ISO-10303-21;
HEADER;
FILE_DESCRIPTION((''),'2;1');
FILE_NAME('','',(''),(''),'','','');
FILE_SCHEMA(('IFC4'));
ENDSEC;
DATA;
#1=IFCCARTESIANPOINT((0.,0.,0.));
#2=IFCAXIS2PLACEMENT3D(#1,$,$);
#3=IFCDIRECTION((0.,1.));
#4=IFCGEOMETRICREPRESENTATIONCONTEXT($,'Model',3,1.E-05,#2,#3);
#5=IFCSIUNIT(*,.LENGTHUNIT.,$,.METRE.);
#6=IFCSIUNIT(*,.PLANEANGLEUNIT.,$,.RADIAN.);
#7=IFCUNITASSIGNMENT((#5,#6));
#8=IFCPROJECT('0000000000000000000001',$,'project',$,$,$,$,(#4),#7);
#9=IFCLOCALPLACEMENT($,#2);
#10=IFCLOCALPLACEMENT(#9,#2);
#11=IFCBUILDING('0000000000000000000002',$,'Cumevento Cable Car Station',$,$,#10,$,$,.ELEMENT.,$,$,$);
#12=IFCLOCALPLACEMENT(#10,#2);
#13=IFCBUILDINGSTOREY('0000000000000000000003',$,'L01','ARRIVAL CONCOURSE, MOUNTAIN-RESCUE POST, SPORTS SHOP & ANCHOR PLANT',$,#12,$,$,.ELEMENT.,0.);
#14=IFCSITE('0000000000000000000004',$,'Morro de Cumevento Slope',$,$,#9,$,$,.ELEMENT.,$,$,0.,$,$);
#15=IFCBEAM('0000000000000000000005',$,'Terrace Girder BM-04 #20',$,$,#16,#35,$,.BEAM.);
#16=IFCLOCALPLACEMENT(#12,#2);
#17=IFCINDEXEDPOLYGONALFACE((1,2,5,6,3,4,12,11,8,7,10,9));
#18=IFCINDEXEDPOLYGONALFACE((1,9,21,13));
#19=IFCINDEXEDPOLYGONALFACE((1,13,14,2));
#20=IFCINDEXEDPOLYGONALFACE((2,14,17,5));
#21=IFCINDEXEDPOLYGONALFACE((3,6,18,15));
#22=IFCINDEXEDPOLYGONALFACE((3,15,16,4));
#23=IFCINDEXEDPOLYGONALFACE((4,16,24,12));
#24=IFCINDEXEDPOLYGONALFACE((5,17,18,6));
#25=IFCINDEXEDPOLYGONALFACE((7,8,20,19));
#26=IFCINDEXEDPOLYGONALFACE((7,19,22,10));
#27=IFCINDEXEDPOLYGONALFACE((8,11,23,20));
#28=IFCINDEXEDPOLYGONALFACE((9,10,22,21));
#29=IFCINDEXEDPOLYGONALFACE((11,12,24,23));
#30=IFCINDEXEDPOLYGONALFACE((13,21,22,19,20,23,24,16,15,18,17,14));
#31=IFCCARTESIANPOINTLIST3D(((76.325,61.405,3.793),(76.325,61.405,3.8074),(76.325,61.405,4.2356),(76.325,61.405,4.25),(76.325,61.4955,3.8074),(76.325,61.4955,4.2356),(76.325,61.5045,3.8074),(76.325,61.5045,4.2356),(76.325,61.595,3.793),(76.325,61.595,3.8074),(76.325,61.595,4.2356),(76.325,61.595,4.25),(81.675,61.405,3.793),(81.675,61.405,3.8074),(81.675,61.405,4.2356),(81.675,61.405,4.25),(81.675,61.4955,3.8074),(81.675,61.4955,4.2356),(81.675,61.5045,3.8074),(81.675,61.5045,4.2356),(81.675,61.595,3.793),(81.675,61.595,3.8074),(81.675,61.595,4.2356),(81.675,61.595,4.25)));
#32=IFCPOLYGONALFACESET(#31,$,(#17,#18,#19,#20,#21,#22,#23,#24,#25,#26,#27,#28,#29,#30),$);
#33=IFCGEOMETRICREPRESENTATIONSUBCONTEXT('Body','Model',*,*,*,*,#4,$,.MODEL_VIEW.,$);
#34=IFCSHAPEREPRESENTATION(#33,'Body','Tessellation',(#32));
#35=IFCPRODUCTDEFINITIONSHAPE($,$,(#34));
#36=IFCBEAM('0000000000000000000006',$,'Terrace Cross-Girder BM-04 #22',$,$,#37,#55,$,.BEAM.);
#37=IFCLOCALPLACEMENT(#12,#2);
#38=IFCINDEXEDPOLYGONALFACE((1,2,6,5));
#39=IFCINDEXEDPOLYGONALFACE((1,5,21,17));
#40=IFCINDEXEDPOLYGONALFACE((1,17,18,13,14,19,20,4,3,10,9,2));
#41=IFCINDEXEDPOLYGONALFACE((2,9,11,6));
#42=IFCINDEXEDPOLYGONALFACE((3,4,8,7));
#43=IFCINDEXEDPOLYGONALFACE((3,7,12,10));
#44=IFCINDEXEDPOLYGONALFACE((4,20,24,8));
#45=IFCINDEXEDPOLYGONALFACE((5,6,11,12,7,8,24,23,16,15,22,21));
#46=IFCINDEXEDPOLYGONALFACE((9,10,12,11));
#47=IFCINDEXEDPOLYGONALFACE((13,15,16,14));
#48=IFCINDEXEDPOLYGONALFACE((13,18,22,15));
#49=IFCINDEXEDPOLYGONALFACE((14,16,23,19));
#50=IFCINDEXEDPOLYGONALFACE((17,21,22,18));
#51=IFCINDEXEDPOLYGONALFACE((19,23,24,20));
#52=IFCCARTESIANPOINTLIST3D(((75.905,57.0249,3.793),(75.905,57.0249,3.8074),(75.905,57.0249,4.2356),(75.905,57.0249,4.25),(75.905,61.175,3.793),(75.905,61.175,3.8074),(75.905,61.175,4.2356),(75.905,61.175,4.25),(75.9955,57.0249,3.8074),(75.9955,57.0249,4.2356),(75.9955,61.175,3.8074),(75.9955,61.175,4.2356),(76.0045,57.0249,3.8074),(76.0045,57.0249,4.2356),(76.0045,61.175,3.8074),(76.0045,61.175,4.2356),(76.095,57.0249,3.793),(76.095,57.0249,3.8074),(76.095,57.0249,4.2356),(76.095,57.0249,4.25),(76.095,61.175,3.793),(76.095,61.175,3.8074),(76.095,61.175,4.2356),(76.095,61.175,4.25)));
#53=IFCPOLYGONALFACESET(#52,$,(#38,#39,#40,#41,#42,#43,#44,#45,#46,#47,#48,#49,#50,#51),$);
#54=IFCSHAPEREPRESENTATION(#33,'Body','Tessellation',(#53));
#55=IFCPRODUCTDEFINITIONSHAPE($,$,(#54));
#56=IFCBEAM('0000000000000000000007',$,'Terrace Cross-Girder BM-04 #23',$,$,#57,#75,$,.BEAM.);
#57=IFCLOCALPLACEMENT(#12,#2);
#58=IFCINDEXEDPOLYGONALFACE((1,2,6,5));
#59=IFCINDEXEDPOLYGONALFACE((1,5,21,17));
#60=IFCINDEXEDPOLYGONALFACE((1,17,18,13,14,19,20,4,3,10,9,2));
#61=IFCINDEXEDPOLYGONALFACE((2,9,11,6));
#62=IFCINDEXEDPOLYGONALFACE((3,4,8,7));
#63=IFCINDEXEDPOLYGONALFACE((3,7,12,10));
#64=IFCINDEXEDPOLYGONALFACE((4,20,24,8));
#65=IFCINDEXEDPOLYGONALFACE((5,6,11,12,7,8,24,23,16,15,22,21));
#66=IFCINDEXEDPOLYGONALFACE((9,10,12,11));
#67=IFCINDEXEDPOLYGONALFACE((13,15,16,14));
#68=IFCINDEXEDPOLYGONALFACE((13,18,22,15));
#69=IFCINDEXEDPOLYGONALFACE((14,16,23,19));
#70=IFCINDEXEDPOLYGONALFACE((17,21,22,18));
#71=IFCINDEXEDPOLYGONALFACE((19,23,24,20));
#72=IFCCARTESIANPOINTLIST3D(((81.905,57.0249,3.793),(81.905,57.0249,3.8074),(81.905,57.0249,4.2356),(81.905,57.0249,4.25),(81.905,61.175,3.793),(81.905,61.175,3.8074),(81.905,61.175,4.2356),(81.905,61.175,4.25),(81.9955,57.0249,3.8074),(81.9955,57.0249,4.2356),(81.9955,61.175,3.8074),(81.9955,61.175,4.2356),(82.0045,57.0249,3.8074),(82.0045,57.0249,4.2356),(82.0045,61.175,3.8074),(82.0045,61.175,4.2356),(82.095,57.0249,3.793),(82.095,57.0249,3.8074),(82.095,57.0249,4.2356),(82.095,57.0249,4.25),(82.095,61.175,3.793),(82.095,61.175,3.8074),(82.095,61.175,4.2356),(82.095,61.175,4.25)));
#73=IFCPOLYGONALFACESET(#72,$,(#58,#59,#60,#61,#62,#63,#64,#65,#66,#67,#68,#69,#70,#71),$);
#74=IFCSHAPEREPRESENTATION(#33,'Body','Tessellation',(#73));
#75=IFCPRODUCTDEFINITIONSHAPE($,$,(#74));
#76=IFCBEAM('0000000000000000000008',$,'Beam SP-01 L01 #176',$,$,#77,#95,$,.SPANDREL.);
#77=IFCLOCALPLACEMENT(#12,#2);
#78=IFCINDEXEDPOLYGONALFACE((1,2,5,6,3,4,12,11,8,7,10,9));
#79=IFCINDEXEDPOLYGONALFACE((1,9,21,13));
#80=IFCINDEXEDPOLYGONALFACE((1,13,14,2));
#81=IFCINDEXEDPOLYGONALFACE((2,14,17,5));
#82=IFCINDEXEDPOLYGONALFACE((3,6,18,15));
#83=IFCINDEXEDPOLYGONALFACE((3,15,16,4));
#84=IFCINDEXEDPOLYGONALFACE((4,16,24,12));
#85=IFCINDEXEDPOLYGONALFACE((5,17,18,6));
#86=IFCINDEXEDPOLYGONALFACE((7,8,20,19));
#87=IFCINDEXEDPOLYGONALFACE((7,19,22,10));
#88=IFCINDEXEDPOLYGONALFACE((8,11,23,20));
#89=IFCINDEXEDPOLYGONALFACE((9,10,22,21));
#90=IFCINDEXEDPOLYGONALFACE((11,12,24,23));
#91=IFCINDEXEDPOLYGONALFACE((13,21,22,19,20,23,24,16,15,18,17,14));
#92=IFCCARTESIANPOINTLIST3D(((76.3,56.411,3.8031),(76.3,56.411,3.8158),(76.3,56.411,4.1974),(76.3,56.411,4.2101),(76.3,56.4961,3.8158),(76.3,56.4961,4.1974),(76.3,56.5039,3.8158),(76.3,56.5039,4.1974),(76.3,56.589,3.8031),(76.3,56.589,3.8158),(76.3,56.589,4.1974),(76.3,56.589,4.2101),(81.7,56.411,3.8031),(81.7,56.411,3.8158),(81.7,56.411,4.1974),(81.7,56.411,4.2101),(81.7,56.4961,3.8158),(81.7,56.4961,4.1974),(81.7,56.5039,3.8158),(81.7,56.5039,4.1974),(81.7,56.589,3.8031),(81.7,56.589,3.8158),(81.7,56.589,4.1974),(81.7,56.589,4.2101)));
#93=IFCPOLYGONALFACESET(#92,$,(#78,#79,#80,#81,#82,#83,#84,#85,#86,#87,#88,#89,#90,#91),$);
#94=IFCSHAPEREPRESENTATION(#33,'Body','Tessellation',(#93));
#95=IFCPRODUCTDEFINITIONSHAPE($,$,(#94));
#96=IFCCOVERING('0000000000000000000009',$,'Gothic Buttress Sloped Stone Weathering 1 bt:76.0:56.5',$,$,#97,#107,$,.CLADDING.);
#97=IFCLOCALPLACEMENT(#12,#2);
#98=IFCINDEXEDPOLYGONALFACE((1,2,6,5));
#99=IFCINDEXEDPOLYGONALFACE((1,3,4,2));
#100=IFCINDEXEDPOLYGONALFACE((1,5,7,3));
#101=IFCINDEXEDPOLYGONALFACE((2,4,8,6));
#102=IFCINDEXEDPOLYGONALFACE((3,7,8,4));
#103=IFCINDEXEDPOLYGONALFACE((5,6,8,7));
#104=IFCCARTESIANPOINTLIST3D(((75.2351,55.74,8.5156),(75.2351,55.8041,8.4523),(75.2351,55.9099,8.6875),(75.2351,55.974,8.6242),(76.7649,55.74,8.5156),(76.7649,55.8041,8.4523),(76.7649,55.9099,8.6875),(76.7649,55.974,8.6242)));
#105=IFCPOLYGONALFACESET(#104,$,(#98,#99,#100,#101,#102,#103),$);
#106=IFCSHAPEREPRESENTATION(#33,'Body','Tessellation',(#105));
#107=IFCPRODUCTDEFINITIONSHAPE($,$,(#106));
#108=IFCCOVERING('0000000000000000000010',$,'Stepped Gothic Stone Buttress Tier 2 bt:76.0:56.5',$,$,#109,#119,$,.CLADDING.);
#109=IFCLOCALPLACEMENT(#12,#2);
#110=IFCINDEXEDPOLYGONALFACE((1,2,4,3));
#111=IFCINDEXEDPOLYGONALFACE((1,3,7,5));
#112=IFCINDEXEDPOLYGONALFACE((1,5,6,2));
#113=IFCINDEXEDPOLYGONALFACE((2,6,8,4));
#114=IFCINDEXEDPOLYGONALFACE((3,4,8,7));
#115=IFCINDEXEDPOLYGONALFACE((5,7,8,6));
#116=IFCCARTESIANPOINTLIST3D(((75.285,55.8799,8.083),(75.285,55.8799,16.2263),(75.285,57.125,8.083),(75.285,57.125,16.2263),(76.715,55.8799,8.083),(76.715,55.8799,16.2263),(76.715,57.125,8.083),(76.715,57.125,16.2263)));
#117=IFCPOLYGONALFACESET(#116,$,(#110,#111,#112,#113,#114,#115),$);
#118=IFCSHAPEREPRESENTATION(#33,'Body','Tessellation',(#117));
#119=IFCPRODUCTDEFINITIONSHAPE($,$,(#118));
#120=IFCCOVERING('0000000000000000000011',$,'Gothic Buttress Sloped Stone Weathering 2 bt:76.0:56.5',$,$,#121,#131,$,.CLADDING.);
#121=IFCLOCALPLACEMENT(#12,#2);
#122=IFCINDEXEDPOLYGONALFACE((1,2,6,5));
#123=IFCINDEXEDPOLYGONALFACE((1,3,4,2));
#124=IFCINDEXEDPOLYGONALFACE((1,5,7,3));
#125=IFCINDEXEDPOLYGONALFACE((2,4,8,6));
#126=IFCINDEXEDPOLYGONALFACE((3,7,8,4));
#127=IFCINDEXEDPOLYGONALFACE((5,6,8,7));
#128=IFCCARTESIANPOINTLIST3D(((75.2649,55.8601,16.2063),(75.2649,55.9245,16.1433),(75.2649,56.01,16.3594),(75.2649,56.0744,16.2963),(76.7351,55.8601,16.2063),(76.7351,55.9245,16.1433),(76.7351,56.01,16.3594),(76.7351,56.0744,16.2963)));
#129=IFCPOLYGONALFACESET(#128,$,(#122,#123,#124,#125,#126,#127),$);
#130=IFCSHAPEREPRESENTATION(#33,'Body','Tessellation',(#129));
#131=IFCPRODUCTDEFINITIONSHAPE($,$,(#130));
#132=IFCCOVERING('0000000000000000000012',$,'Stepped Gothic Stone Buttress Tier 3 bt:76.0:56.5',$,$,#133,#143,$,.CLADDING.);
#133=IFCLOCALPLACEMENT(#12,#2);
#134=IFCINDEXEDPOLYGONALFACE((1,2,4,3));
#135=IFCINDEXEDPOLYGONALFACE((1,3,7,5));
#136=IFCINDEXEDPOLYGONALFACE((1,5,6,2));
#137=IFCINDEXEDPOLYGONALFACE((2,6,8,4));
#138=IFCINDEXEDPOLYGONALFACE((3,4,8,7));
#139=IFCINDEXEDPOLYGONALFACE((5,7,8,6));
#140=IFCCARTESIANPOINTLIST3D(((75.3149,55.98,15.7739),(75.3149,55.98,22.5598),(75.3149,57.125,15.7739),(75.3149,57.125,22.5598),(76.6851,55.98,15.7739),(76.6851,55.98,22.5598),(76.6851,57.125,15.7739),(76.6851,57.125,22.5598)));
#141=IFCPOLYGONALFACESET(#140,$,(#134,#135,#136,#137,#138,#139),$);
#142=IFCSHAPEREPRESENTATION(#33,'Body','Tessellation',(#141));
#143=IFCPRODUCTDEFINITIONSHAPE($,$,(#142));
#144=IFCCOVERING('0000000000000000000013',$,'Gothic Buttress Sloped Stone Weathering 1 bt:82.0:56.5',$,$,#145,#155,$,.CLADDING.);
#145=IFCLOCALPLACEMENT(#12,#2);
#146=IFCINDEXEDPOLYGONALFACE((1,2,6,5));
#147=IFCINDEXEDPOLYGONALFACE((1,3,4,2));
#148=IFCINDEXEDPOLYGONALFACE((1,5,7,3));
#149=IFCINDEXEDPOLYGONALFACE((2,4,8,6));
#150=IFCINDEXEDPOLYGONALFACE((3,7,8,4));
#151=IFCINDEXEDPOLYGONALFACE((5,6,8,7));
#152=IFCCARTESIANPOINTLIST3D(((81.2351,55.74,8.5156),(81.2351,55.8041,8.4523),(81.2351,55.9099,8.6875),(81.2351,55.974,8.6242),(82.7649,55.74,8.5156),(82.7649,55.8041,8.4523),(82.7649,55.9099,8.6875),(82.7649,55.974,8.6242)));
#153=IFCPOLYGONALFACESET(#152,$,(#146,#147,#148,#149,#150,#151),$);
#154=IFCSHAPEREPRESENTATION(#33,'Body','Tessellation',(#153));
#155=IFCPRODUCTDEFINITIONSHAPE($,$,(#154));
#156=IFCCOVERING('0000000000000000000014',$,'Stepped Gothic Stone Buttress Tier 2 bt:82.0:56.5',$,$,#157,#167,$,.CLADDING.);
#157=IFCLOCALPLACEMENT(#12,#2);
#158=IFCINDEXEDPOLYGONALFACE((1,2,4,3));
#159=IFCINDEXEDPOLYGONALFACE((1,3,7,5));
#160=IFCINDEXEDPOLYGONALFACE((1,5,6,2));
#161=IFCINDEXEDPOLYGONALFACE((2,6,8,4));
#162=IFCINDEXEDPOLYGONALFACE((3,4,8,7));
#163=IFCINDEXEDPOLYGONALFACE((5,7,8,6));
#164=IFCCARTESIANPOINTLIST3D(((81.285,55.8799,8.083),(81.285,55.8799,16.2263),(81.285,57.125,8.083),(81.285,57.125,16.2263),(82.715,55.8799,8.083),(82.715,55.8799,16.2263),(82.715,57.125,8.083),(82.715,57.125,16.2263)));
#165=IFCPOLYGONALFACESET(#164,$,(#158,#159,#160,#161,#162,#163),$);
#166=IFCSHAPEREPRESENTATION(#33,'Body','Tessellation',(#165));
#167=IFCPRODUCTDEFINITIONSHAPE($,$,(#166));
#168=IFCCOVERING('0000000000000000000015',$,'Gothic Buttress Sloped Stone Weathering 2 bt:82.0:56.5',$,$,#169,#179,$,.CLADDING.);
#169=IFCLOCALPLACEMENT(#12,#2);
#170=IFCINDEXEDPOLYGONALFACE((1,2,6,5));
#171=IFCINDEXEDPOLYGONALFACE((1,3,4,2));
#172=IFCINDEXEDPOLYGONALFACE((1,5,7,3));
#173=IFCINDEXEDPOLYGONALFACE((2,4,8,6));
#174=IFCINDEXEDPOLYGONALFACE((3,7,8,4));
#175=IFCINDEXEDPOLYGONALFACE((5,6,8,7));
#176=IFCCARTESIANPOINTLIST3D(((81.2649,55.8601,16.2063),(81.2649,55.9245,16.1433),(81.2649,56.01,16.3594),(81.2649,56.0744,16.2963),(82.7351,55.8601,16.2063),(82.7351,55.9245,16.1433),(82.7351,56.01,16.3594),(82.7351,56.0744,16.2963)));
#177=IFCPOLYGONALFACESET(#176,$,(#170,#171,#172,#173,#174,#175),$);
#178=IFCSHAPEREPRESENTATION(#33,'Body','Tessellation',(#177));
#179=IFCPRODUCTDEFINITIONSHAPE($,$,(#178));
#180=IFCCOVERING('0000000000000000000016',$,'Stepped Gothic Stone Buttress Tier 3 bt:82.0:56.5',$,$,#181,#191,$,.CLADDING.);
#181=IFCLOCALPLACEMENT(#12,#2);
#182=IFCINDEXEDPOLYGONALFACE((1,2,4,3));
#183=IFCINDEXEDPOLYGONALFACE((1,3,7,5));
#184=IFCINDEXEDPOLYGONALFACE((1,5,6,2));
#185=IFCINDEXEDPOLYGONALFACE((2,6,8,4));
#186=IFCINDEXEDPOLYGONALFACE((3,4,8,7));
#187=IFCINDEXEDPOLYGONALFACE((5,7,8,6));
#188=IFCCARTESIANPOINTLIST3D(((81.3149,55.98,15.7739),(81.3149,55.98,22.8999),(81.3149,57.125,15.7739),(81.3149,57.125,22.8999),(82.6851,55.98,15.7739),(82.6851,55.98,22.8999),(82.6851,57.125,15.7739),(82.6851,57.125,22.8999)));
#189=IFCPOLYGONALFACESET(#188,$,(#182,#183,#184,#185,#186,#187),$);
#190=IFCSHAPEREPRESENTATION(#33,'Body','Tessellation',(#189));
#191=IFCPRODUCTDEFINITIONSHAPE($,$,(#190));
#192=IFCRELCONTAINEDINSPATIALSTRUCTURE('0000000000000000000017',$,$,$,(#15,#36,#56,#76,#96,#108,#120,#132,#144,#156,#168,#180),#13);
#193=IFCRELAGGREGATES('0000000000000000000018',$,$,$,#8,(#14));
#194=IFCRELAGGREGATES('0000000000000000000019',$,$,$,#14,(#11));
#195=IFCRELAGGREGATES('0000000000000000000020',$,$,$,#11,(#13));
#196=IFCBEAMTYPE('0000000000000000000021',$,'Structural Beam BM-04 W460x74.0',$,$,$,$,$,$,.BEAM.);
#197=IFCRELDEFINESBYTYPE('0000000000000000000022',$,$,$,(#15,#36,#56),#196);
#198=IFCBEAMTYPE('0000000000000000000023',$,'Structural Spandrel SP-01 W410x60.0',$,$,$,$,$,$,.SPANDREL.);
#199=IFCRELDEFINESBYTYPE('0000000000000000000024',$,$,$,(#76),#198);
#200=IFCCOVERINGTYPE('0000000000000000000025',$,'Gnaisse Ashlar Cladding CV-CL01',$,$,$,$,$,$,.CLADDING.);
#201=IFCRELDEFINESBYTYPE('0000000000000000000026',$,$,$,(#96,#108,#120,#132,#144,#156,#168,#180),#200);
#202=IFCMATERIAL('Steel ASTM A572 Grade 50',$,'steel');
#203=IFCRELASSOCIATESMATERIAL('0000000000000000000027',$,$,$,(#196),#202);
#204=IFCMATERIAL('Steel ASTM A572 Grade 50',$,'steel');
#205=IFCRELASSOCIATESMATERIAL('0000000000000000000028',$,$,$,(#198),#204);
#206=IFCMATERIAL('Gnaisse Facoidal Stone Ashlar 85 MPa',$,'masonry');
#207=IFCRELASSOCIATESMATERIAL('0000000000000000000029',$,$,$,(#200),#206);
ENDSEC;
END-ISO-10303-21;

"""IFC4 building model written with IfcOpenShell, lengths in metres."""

from ifc_helpers import new_model, si_unit, direction, frame, origin, origin_2d, place, context, subcontext, project, spatial, polyline, rectangle, i_section, outline, extrude, material, material_profile, profile_set, type_object, element, save


model = new_model("IFC4")

# Units and contexts
model_context = context("Model", 3, precision=1e-05, world=origin(), true_north=direction((0.0, 1.0)))
body_context = subcontext(model_context, "Body", "Model", "MODEL_VIEW")
ifc_project = project(units=[si_unit("LENGTHUNIT", "METRE"), si_unit("PLANEANGLEUNIT", "RADIAN")], contexts=[model_context])

# Site, building, storey
site_placement = place(None, origin())
site = spatial("IfcSite", under=ifc_project, at=site_placement, Name="Morro de Cumevento Slope", CompositionType="ELEMENT", RefElevation=0.0)
building_placement = place(site_placement, origin())
building = spatial("IfcBuilding", under=site, at=building_placement, Name="Cumevento Cable Car Station", CompositionType="ELEMENT")
storey_placement = place(building_placement, origin())
storey = spatial("IfcBuildingStorey", under=building, at=storey_placement, Name="L01", Description="ARRIVAL CONCOURSE, MOUNTAIN-RESCUE POST, SPORTS SHOP & ANCHOR PLANT", CompositionType="ELEMENT", Elevation=0.0)

# Beams
ifc_material_1 = material(Name="Steel ASTM A572 Grade 50", Category="steel")
ifc_material_profile_1 = material_profile(ifc_material_1, i_section(OverallWidth=0.1899, OverallDepth=0.457, WebThickness=0.009, FlangeThickness=0.0144, at=origin_2d()), Name="W460x74.0")
ifc_profile_set_1 = profile_set([ifc_material_profile_1], Name="Steel ASTM A572 Grade 50")
beam_type_1 = type_object("IfcBeamType", Name="Structural Beam BM-04 W460x74.0", PredefinedType="BEAM", material=ifc_profile_set_1)
beam_1_placement = place(storey_placement, frame((76.325, 61.5, 4.0215), z_axis=(1.0, 0.0, 0.0), x_axis=(0.0, 1.0, 0.0)))
element("IfcBeam", 1, at=beam_1_placement, inside=storey, type_object=beam_type_1, Name="Terrace Girder BM-04 #20", PredefinedType="BEAM", context=body_context, shape_type="SweptSolid", body=[
    extrude(i_section(OverallWidth=0.1899, OverallDepth=0.457, WebThickness=0.009, FlangeThickness=0.0144, at=origin_2d()), origin(), (0.0, 0.0, 1.0), 5.3501),
])
for number, where, z_axis, x_axis, name in (
    (2, (76.0, 57.0249, 4.0215), (0.0, 1.0, 0.0), (-1.0, 0.0, 0.0), "Terrace Cross-Girder BM-04 #22"),
    (3, (82.0, 57.0249, 4.0215), (0.0, 1.0, 0.0), (-1.0, 0.0, 0.0), "Terrace Cross-Girder BM-04 #23"),
):
    element("IfcBeam", number, at=place(storey_placement, frame(where, z_axis=z_axis, x_axis=x_axis)), inside=storey, type_object=beam_type_1, Name=name, PredefinedType="BEAM", context=body_context, shape_type="SweptSolid", body=[
        extrude(i_section(OverallWidth=0.1899, OverallDepth=0.457, WebThickness=0.009, FlangeThickness=0.0144, at=origin_2d()), origin(), (0.0, 0.0, 1.0), 4.1501),
    ])
ifc_material_2 = material(Name="Steel ASTM A572 Grade 50", Category="steel")
ifc_material_profile_2 = material_profile(ifc_material_2, i_section(OverallWidth=0.178, OverallDepth=0.407, WebThickness=0.0078, FlangeThickness=0.0127, at=origin_2d()), Name="W410x60.0")
ifc_profile_set_2 = profile_set([ifc_material_profile_2], Name="Steel ASTM A572 Grade 50")
beam_type_2 = type_object("IfcBeamType", Name="Structural Spandrel SP-01 W410x60.0", PredefinedType="SPANDREL", material=ifc_profile_set_2)
beam_2_placement = place(storey_placement, frame((76.3, 56.5, 4.0066), z_axis=(1.0, 0.0, 0.0), x_axis=(0.0, 1.0, 0.0)))
element("IfcBeam", 4, at=beam_2_placement, inside=storey, type_object=beam_type_2, Name="Beam SP-01 L01 #176", PredefinedType="SPANDREL", context=body_context, shape_type="SweptSolid", body=[
    extrude(i_section(OverallWidth=0.178, OverallDepth=0.407, WebThickness=0.0078, FlangeThickness=0.0127, at=origin_2d()), origin(), (0.0, 0.0, 1.0), 5.3999),
])

# Coverings
ifc_material_3 = material(Name="Gnaisse Facoidal Stone Ashlar 85 MPa", Category="masonry")
covering_type = type_object("IfcCoveringType", Name="Gnaisse Ashlar Cladding CV-CL01", PredefinedType="CLADDING", material=ifc_material_3)
covering_1_placement = place(storey_placement, frame((75.2351, 55.74, 8.5156), z_axis=(0.0, -0.711136, 0.703055), x_axis=(1.0, 0.0, 0.0)))
element("IfcCovering", 5, at=covering_1_placement, inside=storey, type_object=covering_type, Name="Gothic Buttress Sloped Stone Weathering 1 bt:76.0:56.5", PredefinedType="CLADDING", context=body_context, shape_type="SweptSolid", body=[
    extrude(outline(polyline([(0.0, 0.0), (1.5298, 0.0), (1.5298, 0.2417), (0.0, 0.2417), (0.0, 0.0)])), origin(), (0.0, 0.0, -1.0), 0.0901),
])
covering_2_placement = place(storey_placement, frame((76.0, 56.5024, 8.083), z_axis=(0.0, 0.0, 1.0), x_axis=(1.0, 0.0, 0.0)))
element("IfcCovering", 6, at=covering_2_placement, inside=storey, type_object=covering_type, Name="Stepped Gothic Stone Buttress Tier 2 bt:76.0:56.5", PredefinedType="CLADDING", context=body_context, shape_type="SweptSolid", body=[
    extrude(rectangle(XDim=1.4299, YDim=1.2451, at=origin_2d()), origin(), (0.0, 0.0, 1.0), 8.1433),
])
covering_3_placement = place(storey_placement, frame((75.2649, 55.8601, 16.2063), z_axis=(0.0, -0.714475, 0.699661), x_axis=(1.0, 0.0, 0.0)))
element("IfcCovering", 7, at=covering_3_placement, inside=storey, type_object=covering_type, Name="Gothic Buttress Sloped Stone Weathering 2 bt:76.0:56.5", PredefinedType="CLADDING", context=body_context, shape_type="SweptSolid", body=[
    extrude(outline(polyline([(0.0, 0.0), (1.4702, 0.0), (1.4702, 0.2142), (0.0, 0.2142), (0.0, 0.0)])), origin(), (0.0, 0.0, -1.0), 0.0901),
])
covering_4_placement = place(storey_placement, frame((76.0, 56.5525, 15.7739), z_axis=(0.0, 0.0, 1.0), x_axis=(1.0, 0.0, 0.0)))
element("IfcCovering", 8, at=covering_4_placement, inside=storey, type_object=covering_type, Name="Stepped Gothic Stone Buttress Tier 3 bt:76.0:56.5", PredefinedType="CLADDING", context=body_context, shape_type="SweptSolid", body=[
    extrude(rectangle(XDim=1.3701, YDim=1.145, at=origin_2d()), origin(), (0.0, 0.0, 1.0), 6.7859),
])
covering_5_placement = place(storey_placement, frame((81.2351, 55.74, 8.5156), z_axis=(0.0, -0.711136, 0.703055), x_axis=(1.0, 0.0, 0.0)))
element("IfcCovering", 9, at=covering_5_placement, inside=storey, type_object=covering_type, Name="Gothic Buttress Sloped Stone Weathering 1 bt:82.0:56.5", PredefinedType="CLADDING", context=body_context, shape_type="SweptSolid", body=[
    extrude(outline(polyline([(0.0, 0.0), (1.5298, 0.0), (1.5298, 0.2417), (0.0, 0.2417), (0.0, 0.0)])), origin(), (0.0, 0.0, -1.0), 0.0901),
])
covering_6_placement = place(storey_placement, frame((82.0, 56.5024, 8.083), z_axis=(0.0, 0.0, 1.0), x_axis=(1.0, 0.0, 0.0)))
element("IfcCovering", 10, at=covering_6_placement, inside=storey, type_object=covering_type, Name="Stepped Gothic Stone Buttress Tier 2 bt:82.0:56.5", PredefinedType="CLADDING", context=body_context, shape_type="SweptSolid", body=[
    extrude(rectangle(XDim=1.4299, YDim=1.2451, at=origin_2d()), origin(), (0.0, 0.0, 1.0), 8.1433),
])
covering_7_placement = place(storey_placement, frame((81.2649, 55.8601, 16.2063), z_axis=(0.0, -0.714475, 0.699661), x_axis=(1.0, 0.0, 0.0)))
element("IfcCovering", 11, at=covering_7_placement, inside=storey, type_object=covering_type, Name="Gothic Buttress Sloped Stone Weathering 2 bt:82.0:56.5", PredefinedType="CLADDING", context=body_context, shape_type="SweptSolid", body=[
    extrude(outline(polyline([(0.0, 0.0), (1.4702, 0.0), (1.4702, 0.2142), (0.0, 0.2142), (0.0, 0.0)])), origin(), (0.0, 0.0, -1.0), 0.0901),
])
covering_8_placement = place(storey_placement, frame((82.0, 56.5525, 15.7739), z_axis=(0.0, 0.0, 1.0), x_axis=(1.0, 0.0, 0.0)))
element("IfcCovering", 12, at=covering_8_placement, inside=storey, type_object=covering_type, Name="Stepped Gothic Stone Buttress Tier 3 bt:82.0:56.5", PredefinedType="CLADDING", context=body_context, shape_type="SweptSolid", body=[
    extrude(rectangle(XDim=1.3701, YDim=1.145, at=origin_2d()), origin(), (0.0, 0.0, 1.0), 7.126),
])

save(model, "model.ifc")
